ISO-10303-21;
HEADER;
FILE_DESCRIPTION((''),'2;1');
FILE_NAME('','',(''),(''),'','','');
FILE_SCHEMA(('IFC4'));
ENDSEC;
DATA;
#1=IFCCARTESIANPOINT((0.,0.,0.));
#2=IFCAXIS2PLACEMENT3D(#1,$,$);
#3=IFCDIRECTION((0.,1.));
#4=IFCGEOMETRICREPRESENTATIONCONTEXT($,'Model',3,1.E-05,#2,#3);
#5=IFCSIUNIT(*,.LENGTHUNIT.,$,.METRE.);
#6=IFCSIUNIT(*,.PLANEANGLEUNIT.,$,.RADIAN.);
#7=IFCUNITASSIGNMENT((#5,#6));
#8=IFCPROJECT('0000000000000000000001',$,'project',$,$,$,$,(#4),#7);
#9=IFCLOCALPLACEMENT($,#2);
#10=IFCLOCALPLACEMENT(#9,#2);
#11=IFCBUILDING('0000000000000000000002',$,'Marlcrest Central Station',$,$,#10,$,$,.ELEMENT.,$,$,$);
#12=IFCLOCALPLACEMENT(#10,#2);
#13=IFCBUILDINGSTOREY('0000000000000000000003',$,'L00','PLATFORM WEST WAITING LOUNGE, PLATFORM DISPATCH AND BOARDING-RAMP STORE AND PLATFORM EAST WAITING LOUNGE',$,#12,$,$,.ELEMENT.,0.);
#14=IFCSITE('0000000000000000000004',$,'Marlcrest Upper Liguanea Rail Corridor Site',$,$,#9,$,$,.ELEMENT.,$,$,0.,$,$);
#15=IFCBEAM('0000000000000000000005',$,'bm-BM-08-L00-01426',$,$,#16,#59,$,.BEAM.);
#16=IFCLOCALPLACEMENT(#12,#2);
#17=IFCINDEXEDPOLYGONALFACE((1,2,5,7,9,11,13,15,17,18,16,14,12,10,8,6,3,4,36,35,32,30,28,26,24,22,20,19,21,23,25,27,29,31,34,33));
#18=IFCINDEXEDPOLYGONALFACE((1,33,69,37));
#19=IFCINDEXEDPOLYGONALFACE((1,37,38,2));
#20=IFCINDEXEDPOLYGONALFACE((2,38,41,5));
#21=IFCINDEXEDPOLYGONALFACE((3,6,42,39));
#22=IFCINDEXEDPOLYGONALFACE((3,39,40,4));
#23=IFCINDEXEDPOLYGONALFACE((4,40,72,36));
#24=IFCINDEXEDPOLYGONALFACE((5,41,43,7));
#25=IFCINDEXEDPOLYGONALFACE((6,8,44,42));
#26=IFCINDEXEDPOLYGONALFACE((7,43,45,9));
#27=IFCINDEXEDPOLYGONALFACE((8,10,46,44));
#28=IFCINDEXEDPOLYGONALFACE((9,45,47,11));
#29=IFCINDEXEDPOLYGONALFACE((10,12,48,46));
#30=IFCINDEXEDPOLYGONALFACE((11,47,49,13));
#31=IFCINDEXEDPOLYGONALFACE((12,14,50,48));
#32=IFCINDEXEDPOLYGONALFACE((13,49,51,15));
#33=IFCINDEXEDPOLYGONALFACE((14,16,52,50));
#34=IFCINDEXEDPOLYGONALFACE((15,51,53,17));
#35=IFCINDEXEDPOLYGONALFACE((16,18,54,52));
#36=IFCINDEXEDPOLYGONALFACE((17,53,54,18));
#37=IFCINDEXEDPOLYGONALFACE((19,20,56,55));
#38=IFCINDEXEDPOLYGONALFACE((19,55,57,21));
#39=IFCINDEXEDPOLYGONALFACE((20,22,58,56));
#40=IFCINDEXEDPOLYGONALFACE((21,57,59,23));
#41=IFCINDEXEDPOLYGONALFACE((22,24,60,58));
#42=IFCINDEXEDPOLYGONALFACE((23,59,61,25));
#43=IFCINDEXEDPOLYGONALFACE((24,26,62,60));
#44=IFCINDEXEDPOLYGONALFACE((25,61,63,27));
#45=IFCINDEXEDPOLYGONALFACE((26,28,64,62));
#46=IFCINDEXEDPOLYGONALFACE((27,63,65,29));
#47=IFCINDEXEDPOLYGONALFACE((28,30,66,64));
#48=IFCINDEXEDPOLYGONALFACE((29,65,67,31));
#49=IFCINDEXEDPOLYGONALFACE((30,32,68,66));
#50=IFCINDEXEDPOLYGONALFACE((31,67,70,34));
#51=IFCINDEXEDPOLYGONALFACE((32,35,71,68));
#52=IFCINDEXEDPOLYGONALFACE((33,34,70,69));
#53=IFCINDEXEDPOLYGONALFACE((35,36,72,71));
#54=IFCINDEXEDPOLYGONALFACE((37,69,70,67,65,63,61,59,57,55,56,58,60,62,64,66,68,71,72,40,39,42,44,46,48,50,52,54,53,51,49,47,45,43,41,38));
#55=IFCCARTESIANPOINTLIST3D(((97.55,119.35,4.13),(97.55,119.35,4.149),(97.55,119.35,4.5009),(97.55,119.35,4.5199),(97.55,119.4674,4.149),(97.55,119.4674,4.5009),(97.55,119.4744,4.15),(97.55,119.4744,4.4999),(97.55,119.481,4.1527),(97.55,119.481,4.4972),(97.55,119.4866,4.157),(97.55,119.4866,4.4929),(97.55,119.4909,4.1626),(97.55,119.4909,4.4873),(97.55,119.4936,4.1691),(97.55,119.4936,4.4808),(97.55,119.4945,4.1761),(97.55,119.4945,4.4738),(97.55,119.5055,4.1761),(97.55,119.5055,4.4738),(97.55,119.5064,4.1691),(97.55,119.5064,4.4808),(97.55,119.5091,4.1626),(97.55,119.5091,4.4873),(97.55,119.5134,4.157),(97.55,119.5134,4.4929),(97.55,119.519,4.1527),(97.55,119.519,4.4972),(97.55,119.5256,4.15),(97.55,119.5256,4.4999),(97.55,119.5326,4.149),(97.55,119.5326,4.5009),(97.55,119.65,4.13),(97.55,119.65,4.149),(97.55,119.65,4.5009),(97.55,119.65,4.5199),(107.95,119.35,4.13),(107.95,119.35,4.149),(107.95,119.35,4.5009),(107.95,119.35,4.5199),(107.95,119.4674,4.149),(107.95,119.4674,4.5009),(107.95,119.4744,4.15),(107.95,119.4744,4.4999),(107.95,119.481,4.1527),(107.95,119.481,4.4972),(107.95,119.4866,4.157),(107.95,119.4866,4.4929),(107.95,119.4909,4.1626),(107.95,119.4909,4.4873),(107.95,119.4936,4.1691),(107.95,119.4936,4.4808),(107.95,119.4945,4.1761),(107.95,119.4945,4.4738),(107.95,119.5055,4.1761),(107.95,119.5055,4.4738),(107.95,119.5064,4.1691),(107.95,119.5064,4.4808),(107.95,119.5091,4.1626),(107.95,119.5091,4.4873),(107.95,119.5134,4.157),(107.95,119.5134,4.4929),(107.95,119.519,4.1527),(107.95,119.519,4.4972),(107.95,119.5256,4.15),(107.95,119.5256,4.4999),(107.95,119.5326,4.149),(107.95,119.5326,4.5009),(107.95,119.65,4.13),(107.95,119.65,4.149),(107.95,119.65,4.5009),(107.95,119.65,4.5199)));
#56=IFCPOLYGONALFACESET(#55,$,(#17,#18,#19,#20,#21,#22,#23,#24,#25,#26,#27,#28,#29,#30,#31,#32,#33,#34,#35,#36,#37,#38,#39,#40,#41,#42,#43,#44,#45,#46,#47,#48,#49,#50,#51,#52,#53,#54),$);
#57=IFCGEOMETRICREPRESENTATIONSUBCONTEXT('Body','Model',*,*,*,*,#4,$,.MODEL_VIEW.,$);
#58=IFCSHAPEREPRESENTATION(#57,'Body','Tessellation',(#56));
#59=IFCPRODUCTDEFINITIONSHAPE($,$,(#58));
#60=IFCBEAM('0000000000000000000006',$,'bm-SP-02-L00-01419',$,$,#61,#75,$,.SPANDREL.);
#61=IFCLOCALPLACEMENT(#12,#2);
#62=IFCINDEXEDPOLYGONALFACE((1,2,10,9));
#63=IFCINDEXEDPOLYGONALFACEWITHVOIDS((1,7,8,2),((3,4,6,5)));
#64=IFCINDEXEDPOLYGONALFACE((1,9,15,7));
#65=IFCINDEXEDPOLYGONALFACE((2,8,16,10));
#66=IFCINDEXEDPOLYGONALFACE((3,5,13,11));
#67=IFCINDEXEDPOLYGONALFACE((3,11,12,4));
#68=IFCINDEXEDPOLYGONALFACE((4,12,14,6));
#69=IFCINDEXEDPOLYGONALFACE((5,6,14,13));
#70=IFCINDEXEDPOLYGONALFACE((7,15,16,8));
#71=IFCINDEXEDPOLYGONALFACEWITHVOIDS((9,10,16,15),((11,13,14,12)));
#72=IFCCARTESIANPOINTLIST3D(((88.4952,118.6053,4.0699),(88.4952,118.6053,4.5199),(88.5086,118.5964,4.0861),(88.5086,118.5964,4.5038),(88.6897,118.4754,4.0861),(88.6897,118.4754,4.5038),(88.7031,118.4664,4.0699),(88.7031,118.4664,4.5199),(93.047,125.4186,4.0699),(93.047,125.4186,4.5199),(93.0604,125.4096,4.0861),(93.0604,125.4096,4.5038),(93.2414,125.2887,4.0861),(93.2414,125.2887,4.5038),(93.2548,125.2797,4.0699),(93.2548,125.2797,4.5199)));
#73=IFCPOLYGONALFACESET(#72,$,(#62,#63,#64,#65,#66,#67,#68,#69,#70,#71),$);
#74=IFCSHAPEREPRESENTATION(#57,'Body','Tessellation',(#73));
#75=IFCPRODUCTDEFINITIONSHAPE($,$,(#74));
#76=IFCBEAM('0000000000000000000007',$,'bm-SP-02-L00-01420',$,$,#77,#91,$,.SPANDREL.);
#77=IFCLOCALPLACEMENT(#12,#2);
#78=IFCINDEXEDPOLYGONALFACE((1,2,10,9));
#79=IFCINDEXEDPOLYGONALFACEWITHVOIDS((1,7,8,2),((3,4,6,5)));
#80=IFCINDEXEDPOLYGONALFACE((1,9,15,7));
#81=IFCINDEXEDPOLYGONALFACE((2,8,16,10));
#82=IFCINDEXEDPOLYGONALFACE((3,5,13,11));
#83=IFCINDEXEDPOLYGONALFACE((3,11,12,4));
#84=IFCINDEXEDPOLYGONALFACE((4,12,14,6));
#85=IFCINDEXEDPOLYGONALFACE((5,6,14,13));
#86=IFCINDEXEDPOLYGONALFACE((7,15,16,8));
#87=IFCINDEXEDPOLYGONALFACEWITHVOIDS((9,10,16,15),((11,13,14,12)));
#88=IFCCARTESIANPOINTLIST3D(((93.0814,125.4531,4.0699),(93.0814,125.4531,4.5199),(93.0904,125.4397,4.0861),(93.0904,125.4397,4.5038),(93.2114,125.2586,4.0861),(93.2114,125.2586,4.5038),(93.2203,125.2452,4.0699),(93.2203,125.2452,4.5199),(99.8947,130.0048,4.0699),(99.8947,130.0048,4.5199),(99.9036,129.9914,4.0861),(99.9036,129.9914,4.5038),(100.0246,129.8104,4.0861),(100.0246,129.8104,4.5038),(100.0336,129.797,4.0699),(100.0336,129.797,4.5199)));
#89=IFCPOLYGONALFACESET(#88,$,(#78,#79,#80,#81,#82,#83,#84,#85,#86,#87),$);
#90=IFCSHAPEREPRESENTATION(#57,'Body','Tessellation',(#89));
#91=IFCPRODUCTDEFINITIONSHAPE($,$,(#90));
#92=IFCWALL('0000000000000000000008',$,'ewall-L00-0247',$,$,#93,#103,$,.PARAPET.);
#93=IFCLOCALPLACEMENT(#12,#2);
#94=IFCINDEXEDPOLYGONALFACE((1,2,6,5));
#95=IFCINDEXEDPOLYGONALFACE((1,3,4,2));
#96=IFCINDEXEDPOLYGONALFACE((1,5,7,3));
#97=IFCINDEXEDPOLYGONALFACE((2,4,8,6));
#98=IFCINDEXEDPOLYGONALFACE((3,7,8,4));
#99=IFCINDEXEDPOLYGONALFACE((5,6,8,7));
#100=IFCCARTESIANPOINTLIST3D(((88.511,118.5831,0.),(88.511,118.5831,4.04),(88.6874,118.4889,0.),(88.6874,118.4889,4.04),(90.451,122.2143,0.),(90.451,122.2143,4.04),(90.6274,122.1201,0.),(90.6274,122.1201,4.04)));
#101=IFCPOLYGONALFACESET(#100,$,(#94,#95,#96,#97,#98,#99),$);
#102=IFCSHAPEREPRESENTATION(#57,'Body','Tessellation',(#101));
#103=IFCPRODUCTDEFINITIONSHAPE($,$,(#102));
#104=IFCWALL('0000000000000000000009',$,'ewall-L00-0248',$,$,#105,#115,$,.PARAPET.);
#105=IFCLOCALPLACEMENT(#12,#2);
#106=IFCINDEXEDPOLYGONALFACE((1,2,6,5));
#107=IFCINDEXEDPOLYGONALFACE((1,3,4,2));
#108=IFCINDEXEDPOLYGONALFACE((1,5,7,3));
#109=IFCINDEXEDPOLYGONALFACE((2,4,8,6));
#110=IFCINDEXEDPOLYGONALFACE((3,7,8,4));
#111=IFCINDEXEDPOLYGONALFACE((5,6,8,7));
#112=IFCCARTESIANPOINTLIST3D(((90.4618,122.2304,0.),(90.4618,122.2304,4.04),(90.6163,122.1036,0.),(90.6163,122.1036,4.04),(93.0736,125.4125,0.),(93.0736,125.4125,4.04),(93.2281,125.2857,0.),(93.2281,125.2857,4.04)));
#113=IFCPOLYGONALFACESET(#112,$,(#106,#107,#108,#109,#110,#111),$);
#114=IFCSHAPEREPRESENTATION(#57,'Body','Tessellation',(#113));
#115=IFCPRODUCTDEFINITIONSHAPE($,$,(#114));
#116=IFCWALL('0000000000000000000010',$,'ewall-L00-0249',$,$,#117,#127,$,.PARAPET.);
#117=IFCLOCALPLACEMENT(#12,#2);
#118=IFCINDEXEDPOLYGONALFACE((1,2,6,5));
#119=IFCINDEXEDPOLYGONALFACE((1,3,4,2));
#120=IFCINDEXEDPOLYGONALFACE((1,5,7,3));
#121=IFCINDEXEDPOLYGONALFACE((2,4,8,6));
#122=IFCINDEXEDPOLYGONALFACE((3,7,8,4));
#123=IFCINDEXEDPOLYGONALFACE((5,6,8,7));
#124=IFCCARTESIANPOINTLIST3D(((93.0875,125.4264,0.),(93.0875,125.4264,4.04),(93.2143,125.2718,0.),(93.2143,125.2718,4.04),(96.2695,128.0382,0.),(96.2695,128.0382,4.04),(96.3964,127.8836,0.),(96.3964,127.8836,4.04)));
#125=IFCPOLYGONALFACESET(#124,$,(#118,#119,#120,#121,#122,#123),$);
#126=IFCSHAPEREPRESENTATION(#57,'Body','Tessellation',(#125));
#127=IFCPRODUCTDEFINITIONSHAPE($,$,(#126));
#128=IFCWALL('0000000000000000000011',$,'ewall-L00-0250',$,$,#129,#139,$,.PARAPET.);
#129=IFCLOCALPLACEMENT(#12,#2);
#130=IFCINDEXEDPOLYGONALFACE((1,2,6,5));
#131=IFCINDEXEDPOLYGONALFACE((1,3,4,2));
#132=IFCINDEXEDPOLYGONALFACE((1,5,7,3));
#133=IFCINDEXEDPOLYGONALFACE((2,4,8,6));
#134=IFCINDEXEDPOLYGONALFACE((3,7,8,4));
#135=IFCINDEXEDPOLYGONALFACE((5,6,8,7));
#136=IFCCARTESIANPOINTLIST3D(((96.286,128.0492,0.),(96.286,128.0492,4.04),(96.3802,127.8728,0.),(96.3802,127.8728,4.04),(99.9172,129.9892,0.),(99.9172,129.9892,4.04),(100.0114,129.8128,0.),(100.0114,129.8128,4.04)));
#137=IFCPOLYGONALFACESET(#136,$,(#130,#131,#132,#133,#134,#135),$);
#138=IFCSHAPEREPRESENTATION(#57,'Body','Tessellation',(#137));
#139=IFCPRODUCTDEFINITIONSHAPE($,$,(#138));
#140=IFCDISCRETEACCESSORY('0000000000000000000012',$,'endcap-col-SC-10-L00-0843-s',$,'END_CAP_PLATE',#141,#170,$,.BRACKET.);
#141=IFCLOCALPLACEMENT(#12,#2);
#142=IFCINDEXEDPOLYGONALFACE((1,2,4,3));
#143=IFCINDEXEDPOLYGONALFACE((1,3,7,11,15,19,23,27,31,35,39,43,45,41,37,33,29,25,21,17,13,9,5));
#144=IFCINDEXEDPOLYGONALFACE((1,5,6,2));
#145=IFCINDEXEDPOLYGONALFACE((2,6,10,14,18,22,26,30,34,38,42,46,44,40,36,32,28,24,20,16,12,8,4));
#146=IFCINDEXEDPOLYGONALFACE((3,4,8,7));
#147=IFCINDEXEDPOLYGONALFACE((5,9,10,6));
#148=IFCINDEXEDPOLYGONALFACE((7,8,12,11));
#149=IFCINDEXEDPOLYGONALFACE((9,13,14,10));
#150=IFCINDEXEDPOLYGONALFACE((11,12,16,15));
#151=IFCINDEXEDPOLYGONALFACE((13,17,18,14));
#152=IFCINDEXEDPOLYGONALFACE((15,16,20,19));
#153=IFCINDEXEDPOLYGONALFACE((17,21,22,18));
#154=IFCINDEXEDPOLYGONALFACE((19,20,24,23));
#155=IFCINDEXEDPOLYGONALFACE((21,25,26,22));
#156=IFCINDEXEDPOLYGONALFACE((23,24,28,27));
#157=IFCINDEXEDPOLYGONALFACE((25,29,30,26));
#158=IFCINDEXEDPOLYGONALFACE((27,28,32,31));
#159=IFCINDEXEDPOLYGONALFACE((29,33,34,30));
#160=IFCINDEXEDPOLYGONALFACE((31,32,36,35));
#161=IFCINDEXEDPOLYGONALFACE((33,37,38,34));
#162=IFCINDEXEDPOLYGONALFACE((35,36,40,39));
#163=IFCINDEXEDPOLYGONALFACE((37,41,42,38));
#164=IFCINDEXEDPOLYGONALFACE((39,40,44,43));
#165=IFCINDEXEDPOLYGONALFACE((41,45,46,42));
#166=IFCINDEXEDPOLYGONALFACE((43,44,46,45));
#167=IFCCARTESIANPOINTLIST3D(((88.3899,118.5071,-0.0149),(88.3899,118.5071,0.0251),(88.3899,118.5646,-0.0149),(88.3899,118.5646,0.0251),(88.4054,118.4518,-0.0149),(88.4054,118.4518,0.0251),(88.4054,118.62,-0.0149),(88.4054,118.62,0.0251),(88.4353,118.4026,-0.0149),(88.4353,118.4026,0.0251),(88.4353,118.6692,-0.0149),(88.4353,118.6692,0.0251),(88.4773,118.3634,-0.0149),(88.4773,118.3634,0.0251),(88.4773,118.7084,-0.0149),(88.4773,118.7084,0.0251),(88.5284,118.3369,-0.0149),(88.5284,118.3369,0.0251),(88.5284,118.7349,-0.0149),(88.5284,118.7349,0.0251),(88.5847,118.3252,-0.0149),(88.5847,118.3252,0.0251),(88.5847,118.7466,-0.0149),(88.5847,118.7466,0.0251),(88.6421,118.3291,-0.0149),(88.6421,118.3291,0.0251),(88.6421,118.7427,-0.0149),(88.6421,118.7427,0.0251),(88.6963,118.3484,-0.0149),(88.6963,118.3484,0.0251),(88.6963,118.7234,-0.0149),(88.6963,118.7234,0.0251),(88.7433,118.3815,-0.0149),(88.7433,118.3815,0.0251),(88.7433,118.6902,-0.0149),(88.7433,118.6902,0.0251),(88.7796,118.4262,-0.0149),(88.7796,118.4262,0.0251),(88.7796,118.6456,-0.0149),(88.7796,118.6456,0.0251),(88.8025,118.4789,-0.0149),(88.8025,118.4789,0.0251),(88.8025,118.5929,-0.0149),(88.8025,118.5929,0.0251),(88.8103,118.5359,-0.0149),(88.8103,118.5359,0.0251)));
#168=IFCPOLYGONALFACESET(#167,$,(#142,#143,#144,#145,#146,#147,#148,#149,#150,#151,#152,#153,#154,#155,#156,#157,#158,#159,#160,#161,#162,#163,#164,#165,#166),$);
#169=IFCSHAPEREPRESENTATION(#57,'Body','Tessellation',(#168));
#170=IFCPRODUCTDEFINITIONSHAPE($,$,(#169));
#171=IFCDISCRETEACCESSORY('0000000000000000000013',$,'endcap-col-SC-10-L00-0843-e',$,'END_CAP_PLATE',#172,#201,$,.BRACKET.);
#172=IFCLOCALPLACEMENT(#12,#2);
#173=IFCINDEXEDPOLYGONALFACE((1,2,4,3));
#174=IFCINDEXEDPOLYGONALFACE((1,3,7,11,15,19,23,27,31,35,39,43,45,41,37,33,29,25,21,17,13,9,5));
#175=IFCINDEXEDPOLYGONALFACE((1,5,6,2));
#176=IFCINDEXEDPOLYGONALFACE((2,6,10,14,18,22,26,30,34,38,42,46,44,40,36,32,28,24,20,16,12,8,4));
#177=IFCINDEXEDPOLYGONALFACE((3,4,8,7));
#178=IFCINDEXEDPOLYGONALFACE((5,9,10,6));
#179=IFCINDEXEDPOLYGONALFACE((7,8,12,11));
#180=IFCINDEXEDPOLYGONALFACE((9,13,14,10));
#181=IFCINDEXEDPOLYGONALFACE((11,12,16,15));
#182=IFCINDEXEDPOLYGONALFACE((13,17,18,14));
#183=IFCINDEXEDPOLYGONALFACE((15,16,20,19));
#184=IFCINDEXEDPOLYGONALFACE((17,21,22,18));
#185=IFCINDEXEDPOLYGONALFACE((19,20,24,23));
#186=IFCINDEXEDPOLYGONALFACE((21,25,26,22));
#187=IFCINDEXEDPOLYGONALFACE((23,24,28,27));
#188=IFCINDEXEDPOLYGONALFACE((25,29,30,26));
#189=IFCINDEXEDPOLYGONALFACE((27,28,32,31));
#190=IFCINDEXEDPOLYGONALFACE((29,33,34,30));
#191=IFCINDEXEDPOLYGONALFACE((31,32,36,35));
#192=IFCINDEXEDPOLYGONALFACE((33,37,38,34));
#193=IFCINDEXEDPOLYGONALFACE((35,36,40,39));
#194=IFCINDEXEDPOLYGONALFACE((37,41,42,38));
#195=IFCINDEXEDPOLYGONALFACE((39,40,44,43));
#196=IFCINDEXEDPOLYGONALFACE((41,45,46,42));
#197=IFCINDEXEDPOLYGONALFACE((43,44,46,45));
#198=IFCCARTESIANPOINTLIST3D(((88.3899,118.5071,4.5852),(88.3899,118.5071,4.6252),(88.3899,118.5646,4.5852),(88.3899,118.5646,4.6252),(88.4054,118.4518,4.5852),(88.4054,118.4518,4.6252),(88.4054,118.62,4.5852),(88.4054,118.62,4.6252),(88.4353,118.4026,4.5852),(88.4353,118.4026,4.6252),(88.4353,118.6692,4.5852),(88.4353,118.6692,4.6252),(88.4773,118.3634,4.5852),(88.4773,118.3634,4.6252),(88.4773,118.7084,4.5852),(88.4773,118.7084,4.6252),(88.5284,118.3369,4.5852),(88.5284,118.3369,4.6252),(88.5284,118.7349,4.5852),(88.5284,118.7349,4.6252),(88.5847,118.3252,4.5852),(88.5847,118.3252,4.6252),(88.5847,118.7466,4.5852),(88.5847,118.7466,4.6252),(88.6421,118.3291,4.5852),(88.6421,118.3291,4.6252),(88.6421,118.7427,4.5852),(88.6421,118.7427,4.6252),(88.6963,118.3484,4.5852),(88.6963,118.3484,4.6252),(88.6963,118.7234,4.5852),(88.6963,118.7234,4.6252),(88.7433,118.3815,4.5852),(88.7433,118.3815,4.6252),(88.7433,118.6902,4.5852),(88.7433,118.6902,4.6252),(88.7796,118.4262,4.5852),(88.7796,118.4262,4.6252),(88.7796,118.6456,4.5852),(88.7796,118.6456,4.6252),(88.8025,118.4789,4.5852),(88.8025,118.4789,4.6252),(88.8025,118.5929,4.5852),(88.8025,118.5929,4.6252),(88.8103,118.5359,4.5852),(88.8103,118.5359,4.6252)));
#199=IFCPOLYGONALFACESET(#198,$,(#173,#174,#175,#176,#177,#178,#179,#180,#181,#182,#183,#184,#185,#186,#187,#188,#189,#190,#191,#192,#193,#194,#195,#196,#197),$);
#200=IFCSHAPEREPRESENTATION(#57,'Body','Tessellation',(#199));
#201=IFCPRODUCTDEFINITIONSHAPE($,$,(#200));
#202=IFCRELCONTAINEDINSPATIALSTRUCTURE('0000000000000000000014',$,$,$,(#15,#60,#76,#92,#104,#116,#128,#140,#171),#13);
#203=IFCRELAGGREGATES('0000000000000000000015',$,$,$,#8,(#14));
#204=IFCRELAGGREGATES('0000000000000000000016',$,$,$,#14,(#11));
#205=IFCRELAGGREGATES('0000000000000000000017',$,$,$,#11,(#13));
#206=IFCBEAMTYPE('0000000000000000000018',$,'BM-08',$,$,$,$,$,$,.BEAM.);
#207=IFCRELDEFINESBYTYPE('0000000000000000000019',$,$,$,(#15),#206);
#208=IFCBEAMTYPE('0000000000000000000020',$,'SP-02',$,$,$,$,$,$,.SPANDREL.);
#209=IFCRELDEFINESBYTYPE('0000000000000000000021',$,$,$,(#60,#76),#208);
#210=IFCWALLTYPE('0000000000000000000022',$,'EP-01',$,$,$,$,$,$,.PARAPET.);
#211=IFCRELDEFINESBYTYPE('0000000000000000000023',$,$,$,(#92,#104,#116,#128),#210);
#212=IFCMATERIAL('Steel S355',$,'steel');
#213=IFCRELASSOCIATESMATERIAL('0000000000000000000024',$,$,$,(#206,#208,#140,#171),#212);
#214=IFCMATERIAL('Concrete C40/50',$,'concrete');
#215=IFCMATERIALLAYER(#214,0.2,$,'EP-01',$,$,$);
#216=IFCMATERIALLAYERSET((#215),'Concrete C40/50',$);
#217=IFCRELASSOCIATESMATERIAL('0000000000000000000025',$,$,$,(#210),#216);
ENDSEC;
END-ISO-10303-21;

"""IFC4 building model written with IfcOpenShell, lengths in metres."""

from ifc_helpers import new_model, si_unit, direction, frame, frame_2d, origin, origin_2d, place, context, subcontext, project, spatial, rectangle, hollow_rectangle, circle, i_section, extrude, material, layer, layer_set, material_profile, profile_set, type_object, element, save


model = new_model("IFC4")

# Units and contexts
model_context = context("Model", 3, precision=1e-05, world=origin(), true_north=direction((0.0, 1.0)))
body_context = subcontext(model_context, "Body", "Model", "MODEL_VIEW")
ifc_project = project(units=[si_unit("LENGTHUNIT", "METRE"), si_unit("PLANEANGLEUNIT", "RADIAN")], contexts=[model_context])

# Site, building, storey
site_placement = place(None, origin())
site = spatial("IfcSite", under=ifc_project, at=site_placement, Name="Marlcrest Upper Liguanea Rail Corridor Site", CompositionType="ELEMENT", RefElevation=0.0)
building_placement = place(site_placement, origin())
building = spatial("IfcBuilding", under=site, at=building_placement, Name="Marlcrest Central Station", CompositionType="ELEMENT")
storey_placement = place(building_placement, origin())
storey = spatial("IfcBuildingStorey", under=building, at=storey_placement, Name="L00", Description="PLATFORM WEST WAITING LOUNGE, PLATFORM DISPATCH AND BOARDING-RAMP STORE AND PLATFORM EAST WAITING LOUNGE", CompositionType="ELEMENT", Elevation=0.0)

# Shared definitions
ifc_material_1 = material(Name="Concrete C40/50", Category="concrete")

# Shared definitions
ifc_material_2 = material(Name="Steel S355", Category="steel")

# Beams
ifc_material_profile_1 = material_profile(ifc_material_2, i_section(OverallWidth=0.3, OverallDepth=0.3899, WebThickness=0.011, FlangeThickness=0.019, FilletRadius=0.0271, at=origin_2d()), Name="HEA 400")
ifc_profile_set_1 = profile_set([ifc_material_profile_1], Name="Steel S355")
beam_type_1 = type_object("IfcBeamType", Name="BM-08", PredefinedType="BEAM", material=ifc_profile_set_1)
beam_placement = place(storey_placement, frame((97.55, 119.5, 4.325), z_axis=(1.0, 0.0, 0.0), x_axis=(0.0, 1.0, 0.0)))
element("IfcBeam", 1, at=beam_placement, inside=storey, type_object=beam_type_1, Name="bm-BM-08-L00-01426", PredefinedType="BEAM", context=body_context, shape_type="SweptSolid", body=[
    extrude(i_section(OverallWidth=0.3, OverallDepth=0.3899, WebThickness=0.011, FlangeThickness=0.019, FilletRadius=0.0271, at=origin_2d()), origin(), (0.0, 0.0, 1.0), 10.3999),
])
ifc_material_profile_2 = material_profile(ifc_material_2, hollow_rectangle(XDim=0.25, YDim=0.45, WallThickness=0.0161, at=origin_2d()), Name="RHS 450x250x16")
ifc_profile_set_2 = profile_set([ifc_material_profile_2], Name="Steel S355")
beam_type_2 = type_object("IfcBeamType", Name="SP-02", PredefinedType="SPANDREL", material=ifc_profile_set_2)
for number, where, z_axis, x_axis, name in (
    (2, (88.5991, 118.5359, 4.2949), (0.555511, 0.831509, 0.0), (-0.831509, 0.555511, 0.0), "bm-SP-02-L00-01419"),
    (3, (93.1509, 125.3491, 4.2949), (0.831509, 0.555511, 0.0), (-0.555511, 0.831509, 0.0), "bm-SP-02-L00-01420"),
):
    element("IfcBeam", number, at=place(storey_placement, frame(where, z_axis=z_axis, x_axis=x_axis)), inside=storey, type_object=beam_type_2, Name=name, PredefinedType="SPANDREL", context=body_context, shape_type="SweptSolid", body=[
        extrude(hollow_rectangle(XDim=0.25, YDim=0.45, WallThickness=0.0161, at=origin_2d()), origin(), (0.0, 0.0, 1.0), 8.1938),
    ])

# Walls
ifc_layer = layer(ifc_material_1, 0.2, Name="EP-01")
ifc_layer_set = layer_set([ifc_layer], Name="Concrete C40/50")
wall_type = type_object("IfcWallType", Name="EP-01", PredefinedType="PARAPET", material=ifc_layer_set)
wall_1_placement = place(storey_placement, frame((88.5991, 118.5359, 0.0), z_axis=(0.0, 0.0, 1.0), x_axis=(0.471222, 0.882015, 0.0)))
element("IfcWall", 4, at=wall_1_placement, inside=storey, type_object=wall_type, Name="ewall-L00-0247", PredefinedType="PARAPET", context=body_context, shape_type="SweptSolid", body=[
    extrude(rectangle(XDim=4.1169, YDim=0.2, at=frame_2d((2.0586, 0.0))), origin(), (0.0, 0.0, 1.0), 4.04),
])
for number, where, z_axis, x_axis, name in (
    (5, (90.5391, 122.167, 0.0), (0.0, 0.0, 1.0), (0.634438, 0.772973, 0.0), "ewall-L00-0248"),
    (6, (93.1509, 125.3491, 0.0), (0.0, 0.0, 1.0), (0.772973, 0.634438, 0.0), "ewall-L00-0249"),
):
    element("IfcWall", number, at=place(storey_placement, frame(where, z_axis=z_axis, x_axis=x_axis)), inside=storey, type_object=wall_type, Name=name, PredefinedType="PARAPET", context=body_context, shape_type="SweptSolid", body=[
        extrude(rectangle(XDim=4.1167, YDim=0.2, at=frame_2d((2.0583, 0.0))), origin(), (0.0, 0.0, 1.0), 4.04),
    ])
wall_2_placement = place(storey_placement, frame((96.333, 127.9609, 0.0), z_axis=(0.0, 0.0, 1.0), x_axis=(0.882015, 0.471222, 0.0)))
element("IfcWall", 7, at=wall_2_placement, inside=storey, type_object=wall_type, Name="ewall-L00-0250", PredefinedType="PARAPET", context=body_context, shape_type="SweptSolid", body=[
    extrude(rectangle(XDim=4.1169, YDim=0.2, at=frame_2d((2.0586, 0.0))), origin(), (0.0, 0.0, 1.0), 4.04),
])

# Discrete accessories
for number, where, z_axis, x_axis, name in (
    (8, (88.5991, 118.5359, -0.0149), (0.0, 0.0, 1.0), (1.0, 0.0, 0.0), "endcap-col-SC-10-L00-0843-s"),
    (9, (88.5991, 118.5359, 4.5852), (0.0, 0.0, 1.0), (1.0, 0.0, 0.0), "endcap-col-SC-10-L00-0843-e"),
):
    element("IfcDiscreteAccessory", number, at=place(storey_placement, frame(where, z_axis=z_axis, x_axis=x_axis)), inside=storey, material=ifc_material_2, Name=name, ObjectType="END_CAP_PLATE", PredefinedType="BRACKET", context=body_context, shape_type="SweptSolid", body=[
        extrude(circle(Radius=0.2112, at=origin_2d()), origin(), (0.0, 0.0, 1.0), 0.04),
    ])

save(model, "model.ifc")
